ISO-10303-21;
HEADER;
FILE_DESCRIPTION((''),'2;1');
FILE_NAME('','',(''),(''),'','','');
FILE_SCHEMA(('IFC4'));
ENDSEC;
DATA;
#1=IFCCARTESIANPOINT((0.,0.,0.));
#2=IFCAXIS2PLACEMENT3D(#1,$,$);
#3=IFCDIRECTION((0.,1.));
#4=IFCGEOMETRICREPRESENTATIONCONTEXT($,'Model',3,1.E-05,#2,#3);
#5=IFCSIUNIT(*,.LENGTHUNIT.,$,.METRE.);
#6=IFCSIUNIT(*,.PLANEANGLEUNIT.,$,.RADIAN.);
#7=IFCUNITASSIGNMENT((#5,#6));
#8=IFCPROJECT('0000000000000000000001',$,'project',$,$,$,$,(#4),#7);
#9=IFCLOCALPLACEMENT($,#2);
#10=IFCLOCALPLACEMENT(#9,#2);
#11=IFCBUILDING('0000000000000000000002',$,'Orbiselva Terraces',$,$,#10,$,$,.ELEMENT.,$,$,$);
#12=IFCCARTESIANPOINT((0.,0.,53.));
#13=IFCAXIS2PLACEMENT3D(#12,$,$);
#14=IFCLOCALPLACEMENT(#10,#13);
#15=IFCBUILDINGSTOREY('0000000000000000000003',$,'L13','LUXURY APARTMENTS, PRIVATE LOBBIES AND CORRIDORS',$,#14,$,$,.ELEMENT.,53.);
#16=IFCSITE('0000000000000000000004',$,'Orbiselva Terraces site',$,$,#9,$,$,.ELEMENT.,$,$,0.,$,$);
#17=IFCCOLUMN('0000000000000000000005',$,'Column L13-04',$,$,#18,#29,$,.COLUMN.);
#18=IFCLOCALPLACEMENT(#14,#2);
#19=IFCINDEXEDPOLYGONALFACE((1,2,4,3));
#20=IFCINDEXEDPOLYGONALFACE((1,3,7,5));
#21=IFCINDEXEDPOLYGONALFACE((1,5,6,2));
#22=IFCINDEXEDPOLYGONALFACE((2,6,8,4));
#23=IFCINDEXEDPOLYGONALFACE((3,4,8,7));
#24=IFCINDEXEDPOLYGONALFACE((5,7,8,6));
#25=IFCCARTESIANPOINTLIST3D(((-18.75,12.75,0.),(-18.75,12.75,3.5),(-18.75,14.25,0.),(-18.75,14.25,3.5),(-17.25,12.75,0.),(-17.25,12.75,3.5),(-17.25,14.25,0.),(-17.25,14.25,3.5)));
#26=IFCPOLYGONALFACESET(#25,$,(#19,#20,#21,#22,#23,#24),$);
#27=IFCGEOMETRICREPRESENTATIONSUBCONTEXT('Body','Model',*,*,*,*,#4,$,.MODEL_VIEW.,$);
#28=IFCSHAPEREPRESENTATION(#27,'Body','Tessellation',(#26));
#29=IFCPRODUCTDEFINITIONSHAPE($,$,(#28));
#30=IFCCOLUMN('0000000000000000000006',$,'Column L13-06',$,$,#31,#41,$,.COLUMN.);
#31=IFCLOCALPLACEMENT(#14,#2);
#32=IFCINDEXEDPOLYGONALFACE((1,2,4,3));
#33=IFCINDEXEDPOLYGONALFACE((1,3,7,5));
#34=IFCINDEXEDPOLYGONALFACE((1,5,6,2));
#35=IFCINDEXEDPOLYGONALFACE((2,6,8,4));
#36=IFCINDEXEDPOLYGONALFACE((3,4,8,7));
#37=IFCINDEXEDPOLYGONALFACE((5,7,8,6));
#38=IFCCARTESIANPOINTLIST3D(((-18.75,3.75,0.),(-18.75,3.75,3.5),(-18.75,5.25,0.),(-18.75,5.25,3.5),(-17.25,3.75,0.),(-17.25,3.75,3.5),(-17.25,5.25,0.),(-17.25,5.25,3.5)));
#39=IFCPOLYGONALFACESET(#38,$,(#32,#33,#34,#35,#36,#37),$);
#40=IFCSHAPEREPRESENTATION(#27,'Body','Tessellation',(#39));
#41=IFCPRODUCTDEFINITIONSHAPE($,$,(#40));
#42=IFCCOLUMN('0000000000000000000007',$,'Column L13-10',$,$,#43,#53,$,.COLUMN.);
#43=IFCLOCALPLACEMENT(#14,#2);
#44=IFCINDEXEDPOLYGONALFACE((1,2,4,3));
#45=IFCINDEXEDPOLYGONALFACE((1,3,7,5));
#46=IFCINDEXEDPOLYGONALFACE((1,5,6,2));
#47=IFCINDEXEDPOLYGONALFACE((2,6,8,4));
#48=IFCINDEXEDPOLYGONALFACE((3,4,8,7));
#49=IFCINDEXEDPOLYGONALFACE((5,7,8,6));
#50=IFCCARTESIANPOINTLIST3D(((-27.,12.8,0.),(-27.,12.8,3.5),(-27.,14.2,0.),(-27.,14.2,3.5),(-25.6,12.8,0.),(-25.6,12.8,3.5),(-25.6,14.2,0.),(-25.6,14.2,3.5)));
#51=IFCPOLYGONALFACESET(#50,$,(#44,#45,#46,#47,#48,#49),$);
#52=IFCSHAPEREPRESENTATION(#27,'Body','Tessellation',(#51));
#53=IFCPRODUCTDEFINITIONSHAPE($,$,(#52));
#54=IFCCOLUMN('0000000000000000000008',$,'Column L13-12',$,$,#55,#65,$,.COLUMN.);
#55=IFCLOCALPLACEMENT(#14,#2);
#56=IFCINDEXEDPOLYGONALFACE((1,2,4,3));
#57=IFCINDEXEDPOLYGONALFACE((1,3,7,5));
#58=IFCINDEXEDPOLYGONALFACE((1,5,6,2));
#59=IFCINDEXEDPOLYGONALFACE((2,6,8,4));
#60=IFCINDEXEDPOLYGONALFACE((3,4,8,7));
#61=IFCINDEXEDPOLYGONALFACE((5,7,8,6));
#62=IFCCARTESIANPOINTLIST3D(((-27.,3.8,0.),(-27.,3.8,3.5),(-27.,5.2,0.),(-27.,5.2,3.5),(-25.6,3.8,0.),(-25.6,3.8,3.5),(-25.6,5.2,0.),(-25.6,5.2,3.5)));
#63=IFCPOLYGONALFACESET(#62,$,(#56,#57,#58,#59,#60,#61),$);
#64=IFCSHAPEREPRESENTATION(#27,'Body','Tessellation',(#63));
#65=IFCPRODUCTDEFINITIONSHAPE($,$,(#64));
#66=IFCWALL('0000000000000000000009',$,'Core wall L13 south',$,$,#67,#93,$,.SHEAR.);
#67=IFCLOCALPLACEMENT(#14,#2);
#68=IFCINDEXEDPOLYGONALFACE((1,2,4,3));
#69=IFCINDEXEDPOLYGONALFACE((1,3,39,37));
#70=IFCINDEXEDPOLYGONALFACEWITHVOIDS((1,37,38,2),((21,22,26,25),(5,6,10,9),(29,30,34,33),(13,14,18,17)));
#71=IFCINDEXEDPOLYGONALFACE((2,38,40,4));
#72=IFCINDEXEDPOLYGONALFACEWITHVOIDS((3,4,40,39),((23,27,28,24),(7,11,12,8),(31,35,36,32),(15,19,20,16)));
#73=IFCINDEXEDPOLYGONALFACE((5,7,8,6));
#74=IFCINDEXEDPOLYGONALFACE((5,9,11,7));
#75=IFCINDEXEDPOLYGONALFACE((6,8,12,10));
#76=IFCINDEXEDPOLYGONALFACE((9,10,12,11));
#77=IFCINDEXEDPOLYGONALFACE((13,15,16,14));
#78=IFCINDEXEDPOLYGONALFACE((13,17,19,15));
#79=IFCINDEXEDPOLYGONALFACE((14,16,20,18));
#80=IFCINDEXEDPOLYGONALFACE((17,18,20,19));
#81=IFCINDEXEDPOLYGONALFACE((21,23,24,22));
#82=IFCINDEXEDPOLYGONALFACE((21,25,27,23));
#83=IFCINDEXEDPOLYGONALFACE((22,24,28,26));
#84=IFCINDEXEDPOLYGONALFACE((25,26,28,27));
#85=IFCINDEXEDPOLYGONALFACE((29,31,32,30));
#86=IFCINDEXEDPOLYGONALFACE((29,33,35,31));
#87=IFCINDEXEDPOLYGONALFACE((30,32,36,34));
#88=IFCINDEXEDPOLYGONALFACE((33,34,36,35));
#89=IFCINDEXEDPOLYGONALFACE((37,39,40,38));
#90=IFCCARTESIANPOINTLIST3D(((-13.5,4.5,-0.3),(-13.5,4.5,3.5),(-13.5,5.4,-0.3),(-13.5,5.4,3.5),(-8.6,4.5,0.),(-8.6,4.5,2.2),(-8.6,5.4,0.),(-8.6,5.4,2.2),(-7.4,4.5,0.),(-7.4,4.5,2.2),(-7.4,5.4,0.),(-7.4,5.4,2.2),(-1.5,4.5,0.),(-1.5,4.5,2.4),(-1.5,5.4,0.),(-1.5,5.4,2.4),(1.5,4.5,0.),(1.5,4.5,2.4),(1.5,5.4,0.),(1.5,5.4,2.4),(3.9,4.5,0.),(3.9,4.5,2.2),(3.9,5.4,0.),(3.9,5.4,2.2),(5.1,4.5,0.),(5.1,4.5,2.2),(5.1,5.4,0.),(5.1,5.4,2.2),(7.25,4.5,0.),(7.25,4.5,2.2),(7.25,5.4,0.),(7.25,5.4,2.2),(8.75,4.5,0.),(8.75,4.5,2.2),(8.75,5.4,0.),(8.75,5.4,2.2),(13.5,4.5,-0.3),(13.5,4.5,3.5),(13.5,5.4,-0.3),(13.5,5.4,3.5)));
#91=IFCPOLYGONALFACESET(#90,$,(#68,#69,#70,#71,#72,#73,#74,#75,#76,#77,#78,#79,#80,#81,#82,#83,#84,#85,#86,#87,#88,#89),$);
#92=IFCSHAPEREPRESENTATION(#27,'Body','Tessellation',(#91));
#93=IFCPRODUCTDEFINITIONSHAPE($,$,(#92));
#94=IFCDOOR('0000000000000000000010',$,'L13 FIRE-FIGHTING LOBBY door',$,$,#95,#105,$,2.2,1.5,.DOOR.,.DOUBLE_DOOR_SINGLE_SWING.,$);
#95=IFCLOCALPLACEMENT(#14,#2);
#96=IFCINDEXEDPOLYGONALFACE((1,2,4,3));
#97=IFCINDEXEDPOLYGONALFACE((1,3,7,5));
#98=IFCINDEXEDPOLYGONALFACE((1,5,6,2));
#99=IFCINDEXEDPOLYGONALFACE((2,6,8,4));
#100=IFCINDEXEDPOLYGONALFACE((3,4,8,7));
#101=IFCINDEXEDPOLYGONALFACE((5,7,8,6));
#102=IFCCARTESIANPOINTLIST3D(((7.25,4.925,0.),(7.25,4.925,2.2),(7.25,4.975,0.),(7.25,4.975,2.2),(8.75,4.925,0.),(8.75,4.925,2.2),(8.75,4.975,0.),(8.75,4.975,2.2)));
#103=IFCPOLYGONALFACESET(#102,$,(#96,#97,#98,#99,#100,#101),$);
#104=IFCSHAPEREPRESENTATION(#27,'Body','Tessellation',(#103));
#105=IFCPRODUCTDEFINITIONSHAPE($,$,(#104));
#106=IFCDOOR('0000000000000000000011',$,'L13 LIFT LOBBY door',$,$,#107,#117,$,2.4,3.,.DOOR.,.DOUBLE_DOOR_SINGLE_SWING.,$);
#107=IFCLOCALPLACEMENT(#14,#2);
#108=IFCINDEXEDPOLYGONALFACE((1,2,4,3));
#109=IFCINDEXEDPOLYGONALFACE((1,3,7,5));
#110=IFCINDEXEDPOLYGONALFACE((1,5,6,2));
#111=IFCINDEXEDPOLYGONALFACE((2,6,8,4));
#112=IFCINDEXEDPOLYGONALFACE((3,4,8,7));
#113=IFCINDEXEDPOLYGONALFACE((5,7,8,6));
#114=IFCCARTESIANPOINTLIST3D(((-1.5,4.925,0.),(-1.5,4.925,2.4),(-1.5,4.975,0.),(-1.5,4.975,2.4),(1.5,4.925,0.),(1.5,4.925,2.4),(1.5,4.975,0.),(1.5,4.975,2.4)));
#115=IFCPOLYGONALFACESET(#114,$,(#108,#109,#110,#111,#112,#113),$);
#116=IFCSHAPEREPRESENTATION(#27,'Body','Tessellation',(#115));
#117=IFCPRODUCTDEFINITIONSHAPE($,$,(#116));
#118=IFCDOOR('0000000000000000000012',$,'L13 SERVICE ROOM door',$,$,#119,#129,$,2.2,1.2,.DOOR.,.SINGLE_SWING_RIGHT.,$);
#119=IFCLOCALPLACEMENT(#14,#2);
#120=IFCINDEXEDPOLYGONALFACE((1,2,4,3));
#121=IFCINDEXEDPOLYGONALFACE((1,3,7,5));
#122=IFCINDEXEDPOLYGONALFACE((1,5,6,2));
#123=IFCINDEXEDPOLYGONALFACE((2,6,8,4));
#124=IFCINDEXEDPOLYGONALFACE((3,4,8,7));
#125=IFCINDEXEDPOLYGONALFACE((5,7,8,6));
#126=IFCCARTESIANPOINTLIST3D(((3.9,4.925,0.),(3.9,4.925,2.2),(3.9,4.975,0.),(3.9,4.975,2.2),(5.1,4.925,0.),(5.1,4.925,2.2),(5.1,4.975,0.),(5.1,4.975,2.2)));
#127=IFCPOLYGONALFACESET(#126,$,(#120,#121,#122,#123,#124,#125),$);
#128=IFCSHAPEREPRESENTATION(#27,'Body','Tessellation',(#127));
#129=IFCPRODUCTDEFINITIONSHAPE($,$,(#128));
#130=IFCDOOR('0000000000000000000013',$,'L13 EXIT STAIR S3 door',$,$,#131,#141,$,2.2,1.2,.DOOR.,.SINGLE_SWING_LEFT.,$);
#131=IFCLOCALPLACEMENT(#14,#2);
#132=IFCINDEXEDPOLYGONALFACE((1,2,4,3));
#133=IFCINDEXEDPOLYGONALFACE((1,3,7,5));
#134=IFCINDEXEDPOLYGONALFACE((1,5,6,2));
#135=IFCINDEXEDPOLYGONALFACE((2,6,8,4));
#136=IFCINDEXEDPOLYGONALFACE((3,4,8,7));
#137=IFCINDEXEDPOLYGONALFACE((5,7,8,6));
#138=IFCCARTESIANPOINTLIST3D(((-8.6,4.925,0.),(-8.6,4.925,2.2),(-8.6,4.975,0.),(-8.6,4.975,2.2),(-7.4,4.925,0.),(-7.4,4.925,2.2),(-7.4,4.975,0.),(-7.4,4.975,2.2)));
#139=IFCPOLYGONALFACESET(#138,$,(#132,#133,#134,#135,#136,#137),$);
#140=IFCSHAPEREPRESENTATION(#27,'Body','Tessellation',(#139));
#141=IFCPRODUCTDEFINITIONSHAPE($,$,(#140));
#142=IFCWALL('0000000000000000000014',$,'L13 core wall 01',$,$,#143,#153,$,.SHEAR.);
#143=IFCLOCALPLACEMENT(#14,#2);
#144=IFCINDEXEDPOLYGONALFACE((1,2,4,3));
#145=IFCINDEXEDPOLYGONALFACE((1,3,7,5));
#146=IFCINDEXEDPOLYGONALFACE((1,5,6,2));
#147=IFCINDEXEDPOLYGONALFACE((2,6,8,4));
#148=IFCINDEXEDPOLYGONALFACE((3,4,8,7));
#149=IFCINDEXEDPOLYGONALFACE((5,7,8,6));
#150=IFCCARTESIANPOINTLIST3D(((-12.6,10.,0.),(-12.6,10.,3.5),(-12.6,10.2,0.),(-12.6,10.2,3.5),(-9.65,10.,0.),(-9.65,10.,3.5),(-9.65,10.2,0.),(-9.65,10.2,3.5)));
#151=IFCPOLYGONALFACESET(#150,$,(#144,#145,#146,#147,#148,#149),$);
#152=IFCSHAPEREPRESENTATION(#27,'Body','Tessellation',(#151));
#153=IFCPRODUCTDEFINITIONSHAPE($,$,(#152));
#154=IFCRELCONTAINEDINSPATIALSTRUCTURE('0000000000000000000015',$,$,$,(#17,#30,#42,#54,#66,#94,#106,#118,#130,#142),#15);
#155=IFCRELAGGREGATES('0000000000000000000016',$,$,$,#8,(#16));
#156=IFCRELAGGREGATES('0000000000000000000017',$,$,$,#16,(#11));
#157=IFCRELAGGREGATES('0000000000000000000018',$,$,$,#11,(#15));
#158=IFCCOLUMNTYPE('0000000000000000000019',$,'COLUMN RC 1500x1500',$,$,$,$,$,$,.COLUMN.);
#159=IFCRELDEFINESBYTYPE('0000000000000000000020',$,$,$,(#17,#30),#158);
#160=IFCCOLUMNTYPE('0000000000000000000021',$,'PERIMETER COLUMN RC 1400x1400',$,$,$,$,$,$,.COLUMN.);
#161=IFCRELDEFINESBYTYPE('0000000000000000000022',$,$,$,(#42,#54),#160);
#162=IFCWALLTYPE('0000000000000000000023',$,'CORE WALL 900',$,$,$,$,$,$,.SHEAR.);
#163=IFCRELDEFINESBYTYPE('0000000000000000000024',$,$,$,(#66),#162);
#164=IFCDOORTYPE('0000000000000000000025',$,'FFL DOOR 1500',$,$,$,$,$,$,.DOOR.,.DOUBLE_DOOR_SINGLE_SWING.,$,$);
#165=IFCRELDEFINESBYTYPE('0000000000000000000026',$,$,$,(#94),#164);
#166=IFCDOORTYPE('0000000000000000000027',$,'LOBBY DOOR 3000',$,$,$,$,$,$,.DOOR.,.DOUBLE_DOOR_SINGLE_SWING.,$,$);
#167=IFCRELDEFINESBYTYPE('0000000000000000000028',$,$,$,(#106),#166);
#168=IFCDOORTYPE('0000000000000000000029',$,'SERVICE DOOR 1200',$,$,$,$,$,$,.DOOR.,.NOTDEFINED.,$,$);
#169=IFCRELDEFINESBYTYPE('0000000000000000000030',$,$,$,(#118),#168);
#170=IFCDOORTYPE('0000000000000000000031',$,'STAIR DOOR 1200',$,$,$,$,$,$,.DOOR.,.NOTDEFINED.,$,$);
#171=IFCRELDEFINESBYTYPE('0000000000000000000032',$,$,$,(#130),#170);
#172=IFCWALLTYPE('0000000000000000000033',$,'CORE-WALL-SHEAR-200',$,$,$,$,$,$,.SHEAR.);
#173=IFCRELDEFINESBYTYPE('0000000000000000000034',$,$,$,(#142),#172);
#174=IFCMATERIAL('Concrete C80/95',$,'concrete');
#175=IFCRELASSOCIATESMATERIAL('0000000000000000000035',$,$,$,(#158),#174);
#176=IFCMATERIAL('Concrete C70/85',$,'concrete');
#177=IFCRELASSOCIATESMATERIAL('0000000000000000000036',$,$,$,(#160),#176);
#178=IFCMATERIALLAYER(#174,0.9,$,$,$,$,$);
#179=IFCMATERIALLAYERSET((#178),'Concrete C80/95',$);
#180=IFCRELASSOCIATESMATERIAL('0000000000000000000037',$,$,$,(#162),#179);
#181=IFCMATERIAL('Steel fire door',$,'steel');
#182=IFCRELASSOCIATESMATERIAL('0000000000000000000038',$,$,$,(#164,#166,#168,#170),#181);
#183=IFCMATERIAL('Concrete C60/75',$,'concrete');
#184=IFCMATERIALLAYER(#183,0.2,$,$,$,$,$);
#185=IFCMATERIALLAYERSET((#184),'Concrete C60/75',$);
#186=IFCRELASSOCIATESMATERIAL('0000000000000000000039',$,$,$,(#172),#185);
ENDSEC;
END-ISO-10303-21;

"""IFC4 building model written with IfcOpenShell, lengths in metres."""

from ifc_helpers import new_model, si_unit, direction, frame, frame_2d, origin, origin_2d, place, context, subcontext, project, spatial, rectangle, extrude, material, layer, layer_set, material_profile, profile_set, type_object, element, fill, save


model = new_model("IFC4")

# Units and contexts
model_context = context("Model", 3, precision=1e-05, world=origin(), true_north=direction((0.0, 1.0)))
body_context = subcontext(model_context, "Body", "Model", "MODEL_VIEW")
ifc_project = project(units=[si_unit("LENGTHUNIT", "METRE"), si_unit("PLANEANGLEUNIT", "RADIAN")], contexts=[model_context])

# Site, building, storey
site_placement = place(None, origin())
site = spatial("IfcSite", under=ifc_project, at=site_placement, Name="Orbiselva Terraces site", CompositionType="ELEMENT", RefElevation=0.0)
building_placement = place(site_placement, origin())
building = spatial("IfcBuilding", under=site, at=building_placement, Name="Orbiselva Terraces", CompositionType="ELEMENT")
storey_placement = place(building_placement, frame((0.0, 0.0, 53.0)))
storey = spatial("IfcBuildingStorey", under=building, at=storey_placement, Name="L13", Description="LUXURY APARTMENTS, PRIVATE LOBBIES AND CORRIDORS", CompositionType="ELEMENT", Elevation=53.0)

# Columns
ifc_material_1 = material(Name="Concrete C80/95", Category="concrete")
ifc_material_profile_1 = material_profile(ifc_material_1, rectangle(XDim=1.5, YDim=1.5, at=origin_2d()), Name="RC 1500x1500")
ifc_profile_set_1 = profile_set([ifc_material_profile_1], Name="Concrete C80/95")
column_type_1 = type_object("IfcColumnType", Name="COLUMN RC 1500x1500", PredefinedType="COLUMN", material=ifc_profile_set_1)
for number, where, z_axis, x_axis, name in (
    (1, (-18.0, 13.5, 0.0), (0.0, 0.0, 1.0), (1.0, 0.0, 0.0), "Column L13-04"),
    (2, (-18.0, 4.5, 0.0), (0.0, 0.0, 1.0), (1.0, 0.0, 0.0), "Column L13-06"),
):
    element("IfcColumn", number, at=place(storey_placement, frame(where, z_axis=z_axis, x_axis=x_axis)), inside=storey, type_object=column_type_1, Name=name, PredefinedType="COLUMN", context=body_context, shape_type="SweptSolid", body=[
        extrude(rectangle(XDim=1.5, YDim=1.5, at=origin_2d()), origin(), (0.0, 0.0, 1.0), 3.5),
    ])
ifc_material_2 = material(Name="Concrete C70/85", Category="concrete")
ifc_material_profile_2 = material_profile(ifc_material_2, rectangle(XDim=1.4, YDim=1.4, at=origin_2d()), Name="RC 1400x1400")
ifc_profile_set_2 = profile_set([ifc_material_profile_2], Name="Concrete C70/85")
column_type_2 = type_object("IfcColumnType", Name="PERIMETER COLUMN RC 1400x1400", PredefinedType="COLUMN", material=ifc_profile_set_2)
for number, where, z_axis, x_axis, name in (
    (3, (-26.3, 13.5, 0.0), (0.0, 0.0, 1.0), (1.0, 0.0, 0.0), "Column L13-10"),
    (4, (-26.3, 4.5, 0.0), (0.0, 0.0, 1.0), (1.0, 0.0, 0.0), "Column L13-12"),
):
    element("IfcColumn", number, at=place(storey_placement, frame(where, z_axis=z_axis, x_axis=x_axis)), inside=storey, type_object=column_type_2, Name=name, PredefinedType="COLUMN", context=body_context, shape_type="SweptSolid", body=[
        extrude(rectangle(XDim=1.4, YDim=1.4, at=origin_2d()), origin(), (0.0, 0.0, 1.0), 3.5),
    ])

# Wall, openings, doors
ifc_layer_1 = layer(ifc_material_1, 0.9)
ifc_layer_set_1 = layer_set([ifc_layer_1], Name="Concrete C80/95")
wall_type_1 = type_object("IfcWallType", Name="CORE WALL 900", PredefinedType="SHEAR", material=ifc_layer_set_1)
wall_1_placement = place(storey_placement, frame((-13.5, 4.95, -0.3), z_axis=(0.0, 0.0, 1.0), x_axis=(1.0, 0.0, 0.0)))
wall_1 = element("IfcWall", 5, at=wall_1_placement, inside=storey, type_object=wall_type_1, Name="Core wall L13 south", PredefinedType="SHEAR", context=body_context, shape_type="SweptSolid", body=[
    extrude(rectangle(XDim=27.0, YDim=0.9, at=frame_2d((13.5, 0.0))), origin(), (0.0, 0.0, 1.0), 3.8),
])
opening_1_placement = place(wall_1_placement, frame((12.0, 0.0, 0.3)))
opening_1 = element("IfcOpeningElement", 6, at=opening_1_placement, cuts=wall_1, PredefinedType="OPENING", context=body_context, shape_type="SweptSolid", body=[
    extrude(rectangle(XDim=3.0, YDim=2.4, at=frame_2d((1.5, 1.2))), frame((0.0, 0.46, 0.0), z_axis=(0.0, -1.0, 0.0), x_axis=(1.0, 0.0, 0.0)), (0.0, 0.0, 1.0), 0.92),
])
opening_2_placement = place(wall_1_placement, frame((4.9, 0.0, 0.3)))
opening_2 = element("IfcOpeningElement", 7, at=opening_2_placement, cuts=wall_1, PredefinedType="OPENING", context=body_context, shape_type="SweptSolid", body=[
    extrude(rectangle(XDim=1.2, YDim=2.2, at=frame_2d((0.6, 1.1))), frame((0.0, 0.46, 0.0), z_axis=(0.0, -1.0, 0.0), x_axis=(1.0, 0.0, 0.0)), (0.0, 0.0, 1.0), 0.92),
])
opening_3_placement = place(wall_1_placement, frame((20.75, 0.0, 0.3)))
opening_3 = element("IfcOpeningElement", 8, at=opening_3_placement, cuts=wall_1, PredefinedType="OPENING", context=body_context, shape_type="SweptSolid", body=[
    extrude(rectangle(XDim=1.5, YDim=2.2, at=frame_2d((0.75, 1.1))), frame((0.0, 0.46, 0.0), z_axis=(0.0, -1.0, 0.0), x_axis=(1.0, 0.0, 0.0)), (0.0, 0.0, 1.0), 0.92),
])
opening_4_placement = place(wall_1_placement, frame((17.4, 0.0, 0.3)))
opening_4 = element("IfcOpeningElement", 9, at=opening_4_placement, cuts=wall_1, PredefinedType="OPENING", context=body_context, shape_type="SweptSolid", body=[
    extrude(rectangle(XDim=1.2, YDim=2.2, at=frame_2d((0.6, 1.1))), frame((0.0, 0.46, 0.0), z_axis=(0.0, -1.0, 0.0), x_axis=(1.0, 0.0, 0.0)), (0.0, 0.0, 1.0), 0.92),
])
ifc_material_3 = material(Name="Steel fire door", Category="steel")
door_type_1 = type_object("IfcDoorType", Name="FFL DOOR 1500", OperationType="DOUBLE_DOOR_SINGLE_SWING", PredefinedType="DOOR", material=ifc_material_3)
door_1_placement = place(opening_3_placement, frame((1.5, 0.0, 0.0), z_axis=(0.0, 0.0, 1.0), x_axis=(-1.0, 0.0, 0.0)))
door_1 = element("IfcDoor", 10, at=door_1_placement, inside=storey, type_object=door_type_1, Name="L13 FIRE-FIGHTING LOBBY door", OperationType="DOUBLE_DOOR_SINGLE_SWING", OverallHeight=2.2, OverallWidth=1.5, PredefinedType="DOOR", context=body_context, shape_type="SweptSolid", body=[
    extrude(rectangle(XDim=1.5, YDim=2.2, at=frame_2d((0.75, 1.1))), frame((0.0, 0.025, 0.0), z_axis=(0.0, -1.0, 0.0), x_axis=(1.0, 0.0, 0.0)), (0.0, 0.0, 1.0), 0.05),
])
fill(opening_3, door_1)
door_type_2 = type_object("IfcDoorType", Name="LOBBY DOOR 3000", OperationType="DOUBLE_DOOR_SINGLE_SWING", PredefinedType="DOOR", material=ifc_material_3)
door_2_placement = place(opening_1_placement, frame((3.0, 0.0, 0.0), z_axis=(0.0, 0.0, 1.0), x_axis=(-1.0, 0.0, 0.0)))
door_2 = element("IfcDoor", 11, at=door_2_placement, inside=storey, type_object=door_type_2, Name="L13 LIFT LOBBY door", OperationType="DOUBLE_DOOR_SINGLE_SWING", OverallHeight=2.4, OverallWidth=3.0, PredefinedType="DOOR", context=body_context, shape_type="SweptSolid", body=[
    extrude(rectangle(XDim=3.0, YDim=2.4, at=frame_2d((1.5, 1.2))), frame((0.0, 0.025, 0.0), z_axis=(0.0, -1.0, 0.0), x_axis=(1.0, 0.0, 0.0)), (0.0, 0.0, 1.0), 0.05),
])
fill(opening_1, door_2)
door_type_3 = type_object("IfcDoorType", Name="SERVICE DOOR 1200", OperationType="NOTDEFINED", PredefinedType="DOOR", material=ifc_material_3)
door_3_placement = place(opening_4_placement, frame((1.2, 0.0, 0.0), z_axis=(0.0, 0.0, 1.0), x_axis=(-1.0, 0.0, 0.0)))
door_3 = element("IfcDoor", 12, at=door_3_placement, inside=storey, type_object=door_type_3, Name="L13 SERVICE ROOM door", OperationType="SINGLE_SWING_RIGHT", OverallHeight=2.2, OverallWidth=1.2, PredefinedType="DOOR", context=body_context, shape_type="SweptSolid", body=[
    extrude(rectangle(XDim=1.2, YDim=2.2, at=frame_2d((0.6, 1.1))), frame((0.0, 0.025, 0.0), z_axis=(0.0, -1.0, 0.0), x_axis=(1.0, 0.0, 0.0)), (0.0, 0.0, 1.0), 0.05),
])
fill(opening_4, door_3)
door_type_4 = type_object("IfcDoorType", Name="STAIR DOOR 1200", OperationType="NOTDEFINED", PredefinedType="DOOR", material=ifc_material_3)
door_4_placement = place(opening_2_placement, frame((1.2, 0.0, 0.0), z_axis=(0.0, 0.0, 1.0), x_axis=(-1.0, 0.0, 0.0)))
door_4 = element("IfcDoor", 13, at=door_4_placement, inside=storey, type_object=door_type_4, Name="L13 EXIT STAIR S3 door", OperationType="SINGLE_SWING_LEFT", OverallHeight=2.2, OverallWidth=1.2, PredefinedType="DOOR", context=body_context, shape_type="SweptSolid", body=[
    extrude(rectangle(XDim=1.2, YDim=2.2, at=frame_2d((0.6, 1.1))), frame((0.0, 0.025, 0.0), z_axis=(0.0, -1.0, 0.0), x_axis=(1.0, 0.0, 0.0)), (0.0, 0.0, 1.0), 0.05),
])
fill(opening_2, door_4)

# Wall
ifc_material_4 = material(Name="Concrete C60/75", Category="concrete")
ifc_layer_2 = layer(ifc_material_4, 0.2)
ifc_layer_set_2 = layer_set([ifc_layer_2], Name="Concrete C60/75")
wall_type_2 = type_object("IfcWallType", Name="CORE-WALL-SHEAR-200", PredefinedType="SHEAR", material=ifc_layer_set_2)
wall_2_placement = place(storey_placement, frame((-12.6, 10.1, 0.0), z_axis=(0.0, 0.0, 1.0), x_axis=(1.0, 0.0, 0.0)))
element("IfcWall", 14, at=wall_2_placement, inside=storey, type_object=wall_type_2, Name="L13 core wall 01", PredefinedType="SHEAR", context=body_context, shape_type="SweptSolid", body=[
    extrude(rectangle(XDim=2.95, YDim=0.2, at=frame_2d((1.475, 0.0))), origin(), (0.0, 0.0, 1.0), 3.5),
])

save(model, "model.ifc")
